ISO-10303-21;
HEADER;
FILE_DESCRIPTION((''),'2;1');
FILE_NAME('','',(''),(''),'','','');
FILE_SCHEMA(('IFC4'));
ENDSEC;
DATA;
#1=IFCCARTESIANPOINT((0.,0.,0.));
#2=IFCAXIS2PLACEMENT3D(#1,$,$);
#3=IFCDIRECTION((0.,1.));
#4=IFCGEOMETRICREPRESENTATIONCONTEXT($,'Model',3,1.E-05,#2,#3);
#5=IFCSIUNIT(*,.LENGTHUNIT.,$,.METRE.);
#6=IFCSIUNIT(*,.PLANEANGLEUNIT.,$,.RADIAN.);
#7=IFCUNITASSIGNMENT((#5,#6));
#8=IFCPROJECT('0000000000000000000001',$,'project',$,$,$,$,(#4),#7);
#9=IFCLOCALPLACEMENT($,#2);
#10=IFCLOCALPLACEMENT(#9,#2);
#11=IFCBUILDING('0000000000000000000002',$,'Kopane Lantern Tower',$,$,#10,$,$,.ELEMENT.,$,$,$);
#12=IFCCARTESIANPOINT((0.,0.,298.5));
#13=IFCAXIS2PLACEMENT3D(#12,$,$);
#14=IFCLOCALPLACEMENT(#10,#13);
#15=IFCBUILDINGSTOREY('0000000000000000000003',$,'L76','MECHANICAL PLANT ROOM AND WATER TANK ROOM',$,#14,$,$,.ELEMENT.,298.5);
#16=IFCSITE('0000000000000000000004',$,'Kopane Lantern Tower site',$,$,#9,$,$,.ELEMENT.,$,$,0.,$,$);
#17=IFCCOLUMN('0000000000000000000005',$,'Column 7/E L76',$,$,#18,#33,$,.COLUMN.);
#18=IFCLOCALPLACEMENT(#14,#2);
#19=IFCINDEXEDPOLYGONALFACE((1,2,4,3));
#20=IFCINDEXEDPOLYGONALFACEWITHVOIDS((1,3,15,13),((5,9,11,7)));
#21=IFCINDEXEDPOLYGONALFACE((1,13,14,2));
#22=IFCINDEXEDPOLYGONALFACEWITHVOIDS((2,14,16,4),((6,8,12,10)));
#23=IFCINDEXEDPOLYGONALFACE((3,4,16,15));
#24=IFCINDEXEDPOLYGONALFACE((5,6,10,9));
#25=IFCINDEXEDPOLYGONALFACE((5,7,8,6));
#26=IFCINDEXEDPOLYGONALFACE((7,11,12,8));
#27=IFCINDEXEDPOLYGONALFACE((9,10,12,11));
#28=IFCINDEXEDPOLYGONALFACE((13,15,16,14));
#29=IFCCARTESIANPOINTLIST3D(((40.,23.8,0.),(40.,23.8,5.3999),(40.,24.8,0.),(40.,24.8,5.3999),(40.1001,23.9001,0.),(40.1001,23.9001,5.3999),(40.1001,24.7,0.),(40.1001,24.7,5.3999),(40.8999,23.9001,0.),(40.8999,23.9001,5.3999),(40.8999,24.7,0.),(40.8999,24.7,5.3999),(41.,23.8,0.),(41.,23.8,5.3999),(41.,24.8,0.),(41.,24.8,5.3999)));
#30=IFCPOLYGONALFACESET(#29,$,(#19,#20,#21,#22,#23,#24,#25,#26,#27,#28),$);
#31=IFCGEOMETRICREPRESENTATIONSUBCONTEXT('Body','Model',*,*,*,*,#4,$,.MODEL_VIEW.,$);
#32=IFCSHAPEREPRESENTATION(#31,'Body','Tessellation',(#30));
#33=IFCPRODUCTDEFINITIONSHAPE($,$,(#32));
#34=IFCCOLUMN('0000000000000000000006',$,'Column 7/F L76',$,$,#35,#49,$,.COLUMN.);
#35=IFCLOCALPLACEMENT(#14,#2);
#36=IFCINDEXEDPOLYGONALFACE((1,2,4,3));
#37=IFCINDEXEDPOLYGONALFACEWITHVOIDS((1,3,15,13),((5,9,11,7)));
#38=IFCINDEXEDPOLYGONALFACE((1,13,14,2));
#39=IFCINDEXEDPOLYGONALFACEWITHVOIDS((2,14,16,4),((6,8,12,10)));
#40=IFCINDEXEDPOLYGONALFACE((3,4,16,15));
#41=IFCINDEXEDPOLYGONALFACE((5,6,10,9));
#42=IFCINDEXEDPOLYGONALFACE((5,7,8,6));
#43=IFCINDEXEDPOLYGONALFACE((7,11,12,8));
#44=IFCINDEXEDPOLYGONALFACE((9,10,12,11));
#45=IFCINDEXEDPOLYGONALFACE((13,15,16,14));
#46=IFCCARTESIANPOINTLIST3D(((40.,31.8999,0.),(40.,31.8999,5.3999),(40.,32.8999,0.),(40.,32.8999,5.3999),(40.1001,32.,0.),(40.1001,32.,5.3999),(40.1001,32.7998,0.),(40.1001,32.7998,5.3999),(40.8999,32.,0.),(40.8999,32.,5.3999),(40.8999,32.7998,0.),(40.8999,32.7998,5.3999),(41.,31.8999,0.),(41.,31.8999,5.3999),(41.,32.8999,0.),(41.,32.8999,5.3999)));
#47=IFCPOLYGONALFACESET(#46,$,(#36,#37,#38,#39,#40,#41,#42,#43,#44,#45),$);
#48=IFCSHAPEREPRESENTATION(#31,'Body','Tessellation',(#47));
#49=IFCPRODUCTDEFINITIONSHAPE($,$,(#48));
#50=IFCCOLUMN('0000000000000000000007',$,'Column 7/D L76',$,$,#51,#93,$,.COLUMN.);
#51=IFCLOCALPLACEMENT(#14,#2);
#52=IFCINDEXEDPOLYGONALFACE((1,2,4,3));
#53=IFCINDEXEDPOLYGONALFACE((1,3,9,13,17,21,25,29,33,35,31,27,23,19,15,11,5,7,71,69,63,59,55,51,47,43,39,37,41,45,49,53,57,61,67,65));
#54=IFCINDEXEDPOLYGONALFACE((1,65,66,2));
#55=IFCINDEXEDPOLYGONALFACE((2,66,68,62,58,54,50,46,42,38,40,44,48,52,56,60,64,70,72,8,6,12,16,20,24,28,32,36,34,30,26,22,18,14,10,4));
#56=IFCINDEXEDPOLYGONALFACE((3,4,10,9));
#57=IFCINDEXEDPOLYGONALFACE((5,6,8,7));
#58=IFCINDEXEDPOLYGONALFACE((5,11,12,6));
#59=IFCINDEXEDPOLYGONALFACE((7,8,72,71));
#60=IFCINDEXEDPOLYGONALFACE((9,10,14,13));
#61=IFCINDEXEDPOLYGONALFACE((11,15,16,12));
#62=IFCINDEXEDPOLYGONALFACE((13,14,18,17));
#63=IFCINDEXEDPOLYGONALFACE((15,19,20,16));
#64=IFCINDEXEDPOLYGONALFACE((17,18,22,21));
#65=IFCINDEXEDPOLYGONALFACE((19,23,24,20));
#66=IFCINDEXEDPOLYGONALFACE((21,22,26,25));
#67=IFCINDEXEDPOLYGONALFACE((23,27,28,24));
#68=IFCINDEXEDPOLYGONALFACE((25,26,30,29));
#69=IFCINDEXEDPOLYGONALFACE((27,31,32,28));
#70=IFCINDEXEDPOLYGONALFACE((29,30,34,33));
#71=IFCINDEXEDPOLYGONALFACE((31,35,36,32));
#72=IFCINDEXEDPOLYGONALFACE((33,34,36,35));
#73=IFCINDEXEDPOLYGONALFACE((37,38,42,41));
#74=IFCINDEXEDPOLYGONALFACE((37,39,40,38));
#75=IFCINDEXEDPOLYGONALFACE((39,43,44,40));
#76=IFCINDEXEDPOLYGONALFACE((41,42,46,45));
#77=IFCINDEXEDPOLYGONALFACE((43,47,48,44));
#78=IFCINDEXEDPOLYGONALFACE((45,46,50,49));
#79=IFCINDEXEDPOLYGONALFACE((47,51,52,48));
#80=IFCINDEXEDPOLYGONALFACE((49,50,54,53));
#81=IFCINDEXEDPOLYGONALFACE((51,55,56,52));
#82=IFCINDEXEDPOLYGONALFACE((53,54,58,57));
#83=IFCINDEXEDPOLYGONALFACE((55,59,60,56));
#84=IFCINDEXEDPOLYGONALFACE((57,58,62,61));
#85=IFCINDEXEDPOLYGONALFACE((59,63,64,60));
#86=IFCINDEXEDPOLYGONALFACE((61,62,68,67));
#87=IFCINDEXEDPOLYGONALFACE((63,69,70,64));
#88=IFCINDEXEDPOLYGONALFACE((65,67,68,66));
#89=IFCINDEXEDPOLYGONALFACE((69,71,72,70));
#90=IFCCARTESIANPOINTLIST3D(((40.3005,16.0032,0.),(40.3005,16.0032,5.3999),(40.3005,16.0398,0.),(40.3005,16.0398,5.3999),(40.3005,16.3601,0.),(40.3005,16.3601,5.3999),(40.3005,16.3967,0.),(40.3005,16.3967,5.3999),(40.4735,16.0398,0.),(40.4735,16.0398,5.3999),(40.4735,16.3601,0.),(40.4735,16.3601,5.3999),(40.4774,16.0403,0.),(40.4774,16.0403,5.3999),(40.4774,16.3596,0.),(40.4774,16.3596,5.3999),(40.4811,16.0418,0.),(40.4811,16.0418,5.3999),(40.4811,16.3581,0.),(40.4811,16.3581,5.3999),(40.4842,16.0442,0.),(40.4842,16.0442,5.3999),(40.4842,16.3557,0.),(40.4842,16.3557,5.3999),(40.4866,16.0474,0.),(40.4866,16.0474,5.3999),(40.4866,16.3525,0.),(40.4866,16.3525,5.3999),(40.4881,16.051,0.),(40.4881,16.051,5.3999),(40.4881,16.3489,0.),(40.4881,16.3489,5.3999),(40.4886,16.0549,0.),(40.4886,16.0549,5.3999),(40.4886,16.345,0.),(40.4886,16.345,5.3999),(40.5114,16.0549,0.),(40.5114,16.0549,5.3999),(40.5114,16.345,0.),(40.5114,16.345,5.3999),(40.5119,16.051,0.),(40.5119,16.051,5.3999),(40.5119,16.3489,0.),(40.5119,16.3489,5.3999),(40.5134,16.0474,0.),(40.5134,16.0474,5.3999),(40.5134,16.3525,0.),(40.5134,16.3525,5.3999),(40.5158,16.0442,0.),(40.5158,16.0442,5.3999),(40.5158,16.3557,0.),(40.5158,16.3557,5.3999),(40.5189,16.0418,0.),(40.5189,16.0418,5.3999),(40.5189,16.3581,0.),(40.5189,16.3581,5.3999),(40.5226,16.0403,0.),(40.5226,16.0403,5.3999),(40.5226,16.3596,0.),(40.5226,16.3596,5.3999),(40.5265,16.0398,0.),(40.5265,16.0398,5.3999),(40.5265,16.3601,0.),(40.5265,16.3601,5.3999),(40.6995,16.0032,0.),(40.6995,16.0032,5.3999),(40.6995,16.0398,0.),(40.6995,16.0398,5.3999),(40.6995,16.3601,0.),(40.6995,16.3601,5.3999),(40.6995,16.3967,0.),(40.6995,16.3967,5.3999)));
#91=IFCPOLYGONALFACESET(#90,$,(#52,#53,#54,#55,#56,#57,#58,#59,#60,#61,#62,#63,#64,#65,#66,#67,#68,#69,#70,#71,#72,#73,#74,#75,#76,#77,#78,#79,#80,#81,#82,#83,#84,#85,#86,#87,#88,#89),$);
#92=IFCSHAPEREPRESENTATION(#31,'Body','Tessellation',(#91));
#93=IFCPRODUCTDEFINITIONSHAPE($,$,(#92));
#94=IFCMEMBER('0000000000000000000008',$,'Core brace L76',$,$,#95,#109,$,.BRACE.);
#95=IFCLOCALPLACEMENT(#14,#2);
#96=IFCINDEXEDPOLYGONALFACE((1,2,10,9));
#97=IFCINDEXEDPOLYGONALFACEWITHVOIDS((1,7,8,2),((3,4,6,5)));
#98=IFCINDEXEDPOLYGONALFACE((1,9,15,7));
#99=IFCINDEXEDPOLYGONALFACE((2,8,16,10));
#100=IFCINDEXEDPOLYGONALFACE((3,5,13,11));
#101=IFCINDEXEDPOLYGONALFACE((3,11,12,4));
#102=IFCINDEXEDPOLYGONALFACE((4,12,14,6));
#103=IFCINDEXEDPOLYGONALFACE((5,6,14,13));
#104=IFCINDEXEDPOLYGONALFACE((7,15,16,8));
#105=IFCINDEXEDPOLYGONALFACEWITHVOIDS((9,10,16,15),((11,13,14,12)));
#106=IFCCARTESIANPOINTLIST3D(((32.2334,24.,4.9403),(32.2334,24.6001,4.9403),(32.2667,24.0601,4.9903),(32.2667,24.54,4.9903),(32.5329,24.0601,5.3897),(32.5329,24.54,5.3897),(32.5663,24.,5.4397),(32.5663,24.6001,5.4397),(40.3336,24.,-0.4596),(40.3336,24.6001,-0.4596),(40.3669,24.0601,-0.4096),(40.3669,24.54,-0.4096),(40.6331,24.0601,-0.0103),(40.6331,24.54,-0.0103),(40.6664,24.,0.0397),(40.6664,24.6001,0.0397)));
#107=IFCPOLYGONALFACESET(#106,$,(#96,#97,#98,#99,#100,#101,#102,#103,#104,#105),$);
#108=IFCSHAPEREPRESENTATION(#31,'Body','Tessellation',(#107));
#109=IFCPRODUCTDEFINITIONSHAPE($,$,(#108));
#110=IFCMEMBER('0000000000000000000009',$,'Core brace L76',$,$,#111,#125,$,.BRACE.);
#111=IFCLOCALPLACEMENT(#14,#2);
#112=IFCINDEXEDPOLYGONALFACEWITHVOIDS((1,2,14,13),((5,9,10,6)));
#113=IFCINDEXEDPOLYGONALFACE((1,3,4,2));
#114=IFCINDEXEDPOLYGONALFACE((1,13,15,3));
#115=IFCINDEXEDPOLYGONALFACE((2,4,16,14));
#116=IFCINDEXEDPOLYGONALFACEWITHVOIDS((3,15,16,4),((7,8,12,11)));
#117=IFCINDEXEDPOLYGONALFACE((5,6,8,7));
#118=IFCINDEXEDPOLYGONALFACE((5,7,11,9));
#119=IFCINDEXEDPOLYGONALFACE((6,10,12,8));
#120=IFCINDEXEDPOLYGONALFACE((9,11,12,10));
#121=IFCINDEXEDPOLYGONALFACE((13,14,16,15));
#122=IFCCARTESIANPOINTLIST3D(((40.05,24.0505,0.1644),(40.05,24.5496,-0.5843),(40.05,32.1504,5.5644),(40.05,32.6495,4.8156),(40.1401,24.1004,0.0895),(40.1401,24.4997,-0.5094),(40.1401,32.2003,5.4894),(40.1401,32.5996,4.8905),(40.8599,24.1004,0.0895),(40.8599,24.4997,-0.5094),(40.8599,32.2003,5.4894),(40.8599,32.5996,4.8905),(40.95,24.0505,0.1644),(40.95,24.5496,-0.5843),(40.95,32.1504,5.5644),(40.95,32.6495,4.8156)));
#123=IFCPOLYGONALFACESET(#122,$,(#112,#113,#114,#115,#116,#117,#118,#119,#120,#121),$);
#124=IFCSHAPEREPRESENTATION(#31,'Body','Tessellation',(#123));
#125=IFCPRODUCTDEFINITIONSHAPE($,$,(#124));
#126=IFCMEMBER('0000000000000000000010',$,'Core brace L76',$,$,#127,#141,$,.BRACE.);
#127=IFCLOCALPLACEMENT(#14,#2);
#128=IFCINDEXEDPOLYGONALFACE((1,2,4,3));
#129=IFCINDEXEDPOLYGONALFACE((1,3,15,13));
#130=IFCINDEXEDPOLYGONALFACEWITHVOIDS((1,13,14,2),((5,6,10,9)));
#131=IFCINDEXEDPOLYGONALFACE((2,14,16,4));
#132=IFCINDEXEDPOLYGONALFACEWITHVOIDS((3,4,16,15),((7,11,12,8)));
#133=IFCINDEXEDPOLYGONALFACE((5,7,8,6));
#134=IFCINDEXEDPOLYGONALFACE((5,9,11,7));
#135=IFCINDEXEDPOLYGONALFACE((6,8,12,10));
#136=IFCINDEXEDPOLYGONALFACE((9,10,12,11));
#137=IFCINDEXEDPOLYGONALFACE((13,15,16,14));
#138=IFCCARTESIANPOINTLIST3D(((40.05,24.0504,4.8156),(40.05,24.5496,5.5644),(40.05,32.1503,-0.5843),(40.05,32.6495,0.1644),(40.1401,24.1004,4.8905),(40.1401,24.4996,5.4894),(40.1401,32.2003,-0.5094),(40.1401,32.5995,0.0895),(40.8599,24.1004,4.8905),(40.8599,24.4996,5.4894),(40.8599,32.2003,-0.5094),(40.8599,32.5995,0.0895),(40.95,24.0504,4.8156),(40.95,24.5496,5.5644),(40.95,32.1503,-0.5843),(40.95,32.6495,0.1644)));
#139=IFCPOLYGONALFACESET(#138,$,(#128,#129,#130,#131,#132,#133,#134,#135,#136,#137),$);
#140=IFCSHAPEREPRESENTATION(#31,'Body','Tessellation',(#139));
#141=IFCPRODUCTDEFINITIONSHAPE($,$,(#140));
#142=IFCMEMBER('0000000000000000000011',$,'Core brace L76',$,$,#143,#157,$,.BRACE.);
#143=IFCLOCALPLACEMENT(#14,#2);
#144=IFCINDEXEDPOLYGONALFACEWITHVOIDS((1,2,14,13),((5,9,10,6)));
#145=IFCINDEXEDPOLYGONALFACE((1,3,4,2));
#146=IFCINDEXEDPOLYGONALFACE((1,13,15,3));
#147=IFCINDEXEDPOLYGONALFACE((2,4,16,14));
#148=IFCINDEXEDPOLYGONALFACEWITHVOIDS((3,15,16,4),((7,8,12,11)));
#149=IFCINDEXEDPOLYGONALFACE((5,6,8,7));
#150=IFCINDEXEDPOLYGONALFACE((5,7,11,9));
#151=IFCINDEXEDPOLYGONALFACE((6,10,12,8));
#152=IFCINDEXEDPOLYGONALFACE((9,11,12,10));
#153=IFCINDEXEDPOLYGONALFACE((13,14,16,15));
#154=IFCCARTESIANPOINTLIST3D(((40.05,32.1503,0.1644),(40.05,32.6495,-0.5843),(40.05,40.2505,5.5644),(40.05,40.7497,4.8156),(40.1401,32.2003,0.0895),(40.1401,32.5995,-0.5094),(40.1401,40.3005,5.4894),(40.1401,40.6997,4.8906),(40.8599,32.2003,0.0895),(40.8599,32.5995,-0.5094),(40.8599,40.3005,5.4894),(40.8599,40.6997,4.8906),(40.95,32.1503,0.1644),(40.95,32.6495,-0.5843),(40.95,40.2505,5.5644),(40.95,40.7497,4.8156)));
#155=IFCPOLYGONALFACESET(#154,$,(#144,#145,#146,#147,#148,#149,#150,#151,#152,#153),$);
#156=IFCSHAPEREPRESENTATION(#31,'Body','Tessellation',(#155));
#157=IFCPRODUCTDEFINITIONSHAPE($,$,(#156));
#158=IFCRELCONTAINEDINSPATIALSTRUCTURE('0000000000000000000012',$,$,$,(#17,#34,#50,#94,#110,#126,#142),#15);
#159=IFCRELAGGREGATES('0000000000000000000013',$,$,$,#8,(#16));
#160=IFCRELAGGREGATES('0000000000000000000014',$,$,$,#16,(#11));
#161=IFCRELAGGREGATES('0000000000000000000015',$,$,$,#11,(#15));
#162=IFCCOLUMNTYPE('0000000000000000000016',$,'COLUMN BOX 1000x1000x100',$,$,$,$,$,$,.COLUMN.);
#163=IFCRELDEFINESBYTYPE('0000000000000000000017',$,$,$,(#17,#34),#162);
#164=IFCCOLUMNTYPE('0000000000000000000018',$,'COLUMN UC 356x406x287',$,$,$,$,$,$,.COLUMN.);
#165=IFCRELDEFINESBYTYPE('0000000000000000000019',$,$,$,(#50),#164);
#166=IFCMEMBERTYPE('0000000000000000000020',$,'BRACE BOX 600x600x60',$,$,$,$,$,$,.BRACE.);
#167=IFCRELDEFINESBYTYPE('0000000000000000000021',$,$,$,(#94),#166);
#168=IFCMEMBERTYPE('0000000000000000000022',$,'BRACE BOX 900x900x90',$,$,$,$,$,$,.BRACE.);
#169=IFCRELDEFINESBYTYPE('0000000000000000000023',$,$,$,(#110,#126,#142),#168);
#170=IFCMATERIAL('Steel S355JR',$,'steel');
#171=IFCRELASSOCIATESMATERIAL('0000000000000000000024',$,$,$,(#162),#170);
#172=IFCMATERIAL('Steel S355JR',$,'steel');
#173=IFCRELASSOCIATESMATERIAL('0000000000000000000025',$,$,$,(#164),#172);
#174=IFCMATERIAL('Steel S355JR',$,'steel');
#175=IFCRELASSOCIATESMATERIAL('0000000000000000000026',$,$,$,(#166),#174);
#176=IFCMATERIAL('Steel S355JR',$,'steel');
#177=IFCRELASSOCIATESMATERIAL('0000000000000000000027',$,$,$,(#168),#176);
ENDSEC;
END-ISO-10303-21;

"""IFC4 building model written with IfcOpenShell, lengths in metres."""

from ifc_helpers import new_model, si_unit, direction, frame, origin, origin_2d, place, context, subcontext, project, spatial, hollow_rectangle, i_section, extrude, material, material_profile, profile_set, type_object, element, save


model = new_model("IFC4")

# Units and contexts
model_context = context("Model", 3, precision=1e-05, world=origin(), true_north=direction((0.0, 1.0)))
body_context = subcontext(model_context, "Body", "Model", "MODEL_VIEW")
ifc_project = project(units=[si_unit("LENGTHUNIT", "METRE"), si_unit("PLANEANGLEUNIT", "RADIAN")], contexts=[model_context])

# Site, building, storey
site_placement = place(None, origin())
site = spatial("IfcSite", under=ifc_project, at=site_placement, Name="Kopane Lantern Tower site", CompositionType="ELEMENT", RefElevation=0.0)
building_placement = place(site_placement, origin())
building = spatial("IfcBuilding", under=site, at=building_placement, Name="Kopane Lantern Tower", CompositionType="ELEMENT")
storey_placement = place(building_placement, frame((0.0, 0.0, 298.5)))
storey = spatial("IfcBuildingStorey", under=building, at=storey_placement, Name="L76", Description="MECHANICAL PLANT ROOM AND WATER TANK ROOM", CompositionType="ELEMENT", Elevation=298.5)

# Columns
ifc_material_1 = material(Name="Steel S355JR", Category="steel")
ifc_material_profile_1 = material_profile(ifc_material_1, hollow_rectangle(XDim=1.0, YDim=1.0, WallThickness=0.1001, at=origin_2d()), Name="BOX 1000x1000x100")
ifc_profile_set_1 = profile_set([ifc_material_profile_1], Name="Steel S355JR")
column_type_1 = type_object("IfcColumnType", Name="COLUMN BOX 1000x1000x100", PredefinedType="COLUMN", material=ifc_profile_set_1)
for number, where, z_axis, x_axis, name in (
    (1, (40.5, 24.3, 0.0), (0.0, 0.0, 1.0), (1.0, 0.0, 0.0), "Column 7/E L76"),
    (2, (40.5, 32.3999, 0.0), (0.0, 0.0, 1.0), (1.0, 0.0, 0.0), "Column 7/F L76"),
):
    element("IfcColumn", number, at=place(storey_placement, frame(where, z_axis=z_axis, x_axis=x_axis)), inside=storey, type_object=column_type_1, Name=name, PredefinedType="COLUMN", context=body_context, shape_type="SweptSolid", body=[
        extrude(hollow_rectangle(XDim=1.0, YDim=1.0, WallThickness=0.1001, at=origin_2d()), origin(), (0.0, 0.0, 1.0), 5.3999),
    ])
ifc_material_2 = material(Name="Steel S355JR", Category="steel")
ifc_material_profile_2 = material_profile(ifc_material_2, i_section(OverallWidth=0.3989, OverallDepth=0.3936, WebThickness=0.0227, FlangeThickness=0.0366, FilletRadius=0.0151, at=origin_2d()), Name="UC 356x406x287")
ifc_profile_set_2 = profile_set([ifc_material_profile_2], Name="Steel S355JR")
column_type_2 = type_object("IfcColumnType", Name="COLUMN UC 356x406x287", PredefinedType="COLUMN", material=ifc_profile_set_2)
column_placement = place(storey_placement, frame((40.5, 16.2, 0.0), z_axis=(0.0, 0.0, 1.0), x_axis=(1.0, 0.0, 0.0)))
element("IfcColumn", 3, at=column_placement, inside=storey, type_object=column_type_2, Name="Column 7/D L76", PredefinedType="COLUMN", context=body_context, shape_type="SweptSolid", body=[
    extrude(i_section(OverallWidth=0.3989, OverallDepth=0.3936, WebThickness=0.0227, FlangeThickness=0.0366, FilletRadius=0.0151, at=origin_2d()), origin(), (0.0, 0.0, 1.0), 5.3999),
])

# Members
ifc_material_3 = material(Name="Steel S355JR", Category="steel")
ifc_material_profile_3 = material_profile(ifc_material_3, hollow_rectangle(XDim=0.6001, YDim=0.6001, WallThickness=0.0601, at=origin_2d()), Name="BOX 600x600x60")
ifc_profile_set_3 = profile_set([ifc_material_profile_3], Name="Steel S355JR")
member_type_1 = type_object("IfcMemberType", Name="BRACE BOX 600x600x60", PredefinedType="BRACE", material=ifc_profile_set_3)
member_1_placement = place(storey_placement, frame((40.5, 24.3, -0.21), z_axis=(-0.832058, 0.0, 0.554689), x_axis=(0.0, -1.0, 0.0)))
element("IfcMember", 4, at=member_1_placement, inside=storey, type_object=member_type_1, Name="Core brace L76", PredefinedType="BRACE", context=body_context, shape_type="SweptSolid", body=[
    extrude(hollow_rectangle(XDim=0.6001, YDim=0.6001, WallThickness=0.0601, at=origin_2d()), origin(), (0.0, 0.0, 1.0), 9.7351),
])
ifc_material_4 = material(Name="Steel S355JR", Category="steel")
ifc_material_profile_4 = material_profile(ifc_material_4, hollow_rectangle(XDim=0.8999, YDim=0.8999, WallThickness=0.0901, at=origin_2d()), Name="BOX 900x900x90")
ifc_profile_set_4 = profile_set([ifc_material_profile_4], Name="Steel S355JR")
member_type_2 = type_object("IfcMemberType", Name="BRACE BOX 900x900x90", PredefinedType="BRACE", material=ifc_profile_set_4)
for number, where, z_axis, x_axis, name in (
    (5, (40.5, 24.3, -0.21), (0.0, 0.83205, 0.5547), (-1.0, 0.0, 0.0), "Core brace L76"),
    (6, (40.5, 32.3999, -0.21), (0.0, -0.83205, 0.5547), (1.0, 0.0, 0.0), "Core brace L76"),
):
    element("IfcMember", number, at=place(storey_placement, frame(where, z_axis=z_axis, x_axis=x_axis)), inside=storey, type_object=member_type_2, Name=name, PredefinedType="BRACE", context=body_context, shape_type="SweptSolid", body=[
        extrude(hollow_rectangle(XDim=0.8999, YDim=0.8999, WallThickness=0.0901, at=origin_2d()), origin(), (0.0, 0.0, 1.0), 9.7349),
    ])
member_2_placement = place(storey_placement, frame((40.5, 32.3999, -0.21), z_axis=(0.0, 0.832058, 0.554689), x_axis=(-1.0, 0.0, 0.0)))
element("IfcMember", 7, at=member_2_placement, inside=storey, type_object=member_type_2, Name="Core brace L76", PredefinedType="BRACE", context=body_context, shape_type="SweptSolid", body=[
    extrude(hollow_rectangle(XDim=0.8999, YDim=0.8999, WallThickness=0.0901, at=origin_2d()), origin(), (0.0, 0.0, 1.0), 9.7351),
])

save(model, "model.ifc")
